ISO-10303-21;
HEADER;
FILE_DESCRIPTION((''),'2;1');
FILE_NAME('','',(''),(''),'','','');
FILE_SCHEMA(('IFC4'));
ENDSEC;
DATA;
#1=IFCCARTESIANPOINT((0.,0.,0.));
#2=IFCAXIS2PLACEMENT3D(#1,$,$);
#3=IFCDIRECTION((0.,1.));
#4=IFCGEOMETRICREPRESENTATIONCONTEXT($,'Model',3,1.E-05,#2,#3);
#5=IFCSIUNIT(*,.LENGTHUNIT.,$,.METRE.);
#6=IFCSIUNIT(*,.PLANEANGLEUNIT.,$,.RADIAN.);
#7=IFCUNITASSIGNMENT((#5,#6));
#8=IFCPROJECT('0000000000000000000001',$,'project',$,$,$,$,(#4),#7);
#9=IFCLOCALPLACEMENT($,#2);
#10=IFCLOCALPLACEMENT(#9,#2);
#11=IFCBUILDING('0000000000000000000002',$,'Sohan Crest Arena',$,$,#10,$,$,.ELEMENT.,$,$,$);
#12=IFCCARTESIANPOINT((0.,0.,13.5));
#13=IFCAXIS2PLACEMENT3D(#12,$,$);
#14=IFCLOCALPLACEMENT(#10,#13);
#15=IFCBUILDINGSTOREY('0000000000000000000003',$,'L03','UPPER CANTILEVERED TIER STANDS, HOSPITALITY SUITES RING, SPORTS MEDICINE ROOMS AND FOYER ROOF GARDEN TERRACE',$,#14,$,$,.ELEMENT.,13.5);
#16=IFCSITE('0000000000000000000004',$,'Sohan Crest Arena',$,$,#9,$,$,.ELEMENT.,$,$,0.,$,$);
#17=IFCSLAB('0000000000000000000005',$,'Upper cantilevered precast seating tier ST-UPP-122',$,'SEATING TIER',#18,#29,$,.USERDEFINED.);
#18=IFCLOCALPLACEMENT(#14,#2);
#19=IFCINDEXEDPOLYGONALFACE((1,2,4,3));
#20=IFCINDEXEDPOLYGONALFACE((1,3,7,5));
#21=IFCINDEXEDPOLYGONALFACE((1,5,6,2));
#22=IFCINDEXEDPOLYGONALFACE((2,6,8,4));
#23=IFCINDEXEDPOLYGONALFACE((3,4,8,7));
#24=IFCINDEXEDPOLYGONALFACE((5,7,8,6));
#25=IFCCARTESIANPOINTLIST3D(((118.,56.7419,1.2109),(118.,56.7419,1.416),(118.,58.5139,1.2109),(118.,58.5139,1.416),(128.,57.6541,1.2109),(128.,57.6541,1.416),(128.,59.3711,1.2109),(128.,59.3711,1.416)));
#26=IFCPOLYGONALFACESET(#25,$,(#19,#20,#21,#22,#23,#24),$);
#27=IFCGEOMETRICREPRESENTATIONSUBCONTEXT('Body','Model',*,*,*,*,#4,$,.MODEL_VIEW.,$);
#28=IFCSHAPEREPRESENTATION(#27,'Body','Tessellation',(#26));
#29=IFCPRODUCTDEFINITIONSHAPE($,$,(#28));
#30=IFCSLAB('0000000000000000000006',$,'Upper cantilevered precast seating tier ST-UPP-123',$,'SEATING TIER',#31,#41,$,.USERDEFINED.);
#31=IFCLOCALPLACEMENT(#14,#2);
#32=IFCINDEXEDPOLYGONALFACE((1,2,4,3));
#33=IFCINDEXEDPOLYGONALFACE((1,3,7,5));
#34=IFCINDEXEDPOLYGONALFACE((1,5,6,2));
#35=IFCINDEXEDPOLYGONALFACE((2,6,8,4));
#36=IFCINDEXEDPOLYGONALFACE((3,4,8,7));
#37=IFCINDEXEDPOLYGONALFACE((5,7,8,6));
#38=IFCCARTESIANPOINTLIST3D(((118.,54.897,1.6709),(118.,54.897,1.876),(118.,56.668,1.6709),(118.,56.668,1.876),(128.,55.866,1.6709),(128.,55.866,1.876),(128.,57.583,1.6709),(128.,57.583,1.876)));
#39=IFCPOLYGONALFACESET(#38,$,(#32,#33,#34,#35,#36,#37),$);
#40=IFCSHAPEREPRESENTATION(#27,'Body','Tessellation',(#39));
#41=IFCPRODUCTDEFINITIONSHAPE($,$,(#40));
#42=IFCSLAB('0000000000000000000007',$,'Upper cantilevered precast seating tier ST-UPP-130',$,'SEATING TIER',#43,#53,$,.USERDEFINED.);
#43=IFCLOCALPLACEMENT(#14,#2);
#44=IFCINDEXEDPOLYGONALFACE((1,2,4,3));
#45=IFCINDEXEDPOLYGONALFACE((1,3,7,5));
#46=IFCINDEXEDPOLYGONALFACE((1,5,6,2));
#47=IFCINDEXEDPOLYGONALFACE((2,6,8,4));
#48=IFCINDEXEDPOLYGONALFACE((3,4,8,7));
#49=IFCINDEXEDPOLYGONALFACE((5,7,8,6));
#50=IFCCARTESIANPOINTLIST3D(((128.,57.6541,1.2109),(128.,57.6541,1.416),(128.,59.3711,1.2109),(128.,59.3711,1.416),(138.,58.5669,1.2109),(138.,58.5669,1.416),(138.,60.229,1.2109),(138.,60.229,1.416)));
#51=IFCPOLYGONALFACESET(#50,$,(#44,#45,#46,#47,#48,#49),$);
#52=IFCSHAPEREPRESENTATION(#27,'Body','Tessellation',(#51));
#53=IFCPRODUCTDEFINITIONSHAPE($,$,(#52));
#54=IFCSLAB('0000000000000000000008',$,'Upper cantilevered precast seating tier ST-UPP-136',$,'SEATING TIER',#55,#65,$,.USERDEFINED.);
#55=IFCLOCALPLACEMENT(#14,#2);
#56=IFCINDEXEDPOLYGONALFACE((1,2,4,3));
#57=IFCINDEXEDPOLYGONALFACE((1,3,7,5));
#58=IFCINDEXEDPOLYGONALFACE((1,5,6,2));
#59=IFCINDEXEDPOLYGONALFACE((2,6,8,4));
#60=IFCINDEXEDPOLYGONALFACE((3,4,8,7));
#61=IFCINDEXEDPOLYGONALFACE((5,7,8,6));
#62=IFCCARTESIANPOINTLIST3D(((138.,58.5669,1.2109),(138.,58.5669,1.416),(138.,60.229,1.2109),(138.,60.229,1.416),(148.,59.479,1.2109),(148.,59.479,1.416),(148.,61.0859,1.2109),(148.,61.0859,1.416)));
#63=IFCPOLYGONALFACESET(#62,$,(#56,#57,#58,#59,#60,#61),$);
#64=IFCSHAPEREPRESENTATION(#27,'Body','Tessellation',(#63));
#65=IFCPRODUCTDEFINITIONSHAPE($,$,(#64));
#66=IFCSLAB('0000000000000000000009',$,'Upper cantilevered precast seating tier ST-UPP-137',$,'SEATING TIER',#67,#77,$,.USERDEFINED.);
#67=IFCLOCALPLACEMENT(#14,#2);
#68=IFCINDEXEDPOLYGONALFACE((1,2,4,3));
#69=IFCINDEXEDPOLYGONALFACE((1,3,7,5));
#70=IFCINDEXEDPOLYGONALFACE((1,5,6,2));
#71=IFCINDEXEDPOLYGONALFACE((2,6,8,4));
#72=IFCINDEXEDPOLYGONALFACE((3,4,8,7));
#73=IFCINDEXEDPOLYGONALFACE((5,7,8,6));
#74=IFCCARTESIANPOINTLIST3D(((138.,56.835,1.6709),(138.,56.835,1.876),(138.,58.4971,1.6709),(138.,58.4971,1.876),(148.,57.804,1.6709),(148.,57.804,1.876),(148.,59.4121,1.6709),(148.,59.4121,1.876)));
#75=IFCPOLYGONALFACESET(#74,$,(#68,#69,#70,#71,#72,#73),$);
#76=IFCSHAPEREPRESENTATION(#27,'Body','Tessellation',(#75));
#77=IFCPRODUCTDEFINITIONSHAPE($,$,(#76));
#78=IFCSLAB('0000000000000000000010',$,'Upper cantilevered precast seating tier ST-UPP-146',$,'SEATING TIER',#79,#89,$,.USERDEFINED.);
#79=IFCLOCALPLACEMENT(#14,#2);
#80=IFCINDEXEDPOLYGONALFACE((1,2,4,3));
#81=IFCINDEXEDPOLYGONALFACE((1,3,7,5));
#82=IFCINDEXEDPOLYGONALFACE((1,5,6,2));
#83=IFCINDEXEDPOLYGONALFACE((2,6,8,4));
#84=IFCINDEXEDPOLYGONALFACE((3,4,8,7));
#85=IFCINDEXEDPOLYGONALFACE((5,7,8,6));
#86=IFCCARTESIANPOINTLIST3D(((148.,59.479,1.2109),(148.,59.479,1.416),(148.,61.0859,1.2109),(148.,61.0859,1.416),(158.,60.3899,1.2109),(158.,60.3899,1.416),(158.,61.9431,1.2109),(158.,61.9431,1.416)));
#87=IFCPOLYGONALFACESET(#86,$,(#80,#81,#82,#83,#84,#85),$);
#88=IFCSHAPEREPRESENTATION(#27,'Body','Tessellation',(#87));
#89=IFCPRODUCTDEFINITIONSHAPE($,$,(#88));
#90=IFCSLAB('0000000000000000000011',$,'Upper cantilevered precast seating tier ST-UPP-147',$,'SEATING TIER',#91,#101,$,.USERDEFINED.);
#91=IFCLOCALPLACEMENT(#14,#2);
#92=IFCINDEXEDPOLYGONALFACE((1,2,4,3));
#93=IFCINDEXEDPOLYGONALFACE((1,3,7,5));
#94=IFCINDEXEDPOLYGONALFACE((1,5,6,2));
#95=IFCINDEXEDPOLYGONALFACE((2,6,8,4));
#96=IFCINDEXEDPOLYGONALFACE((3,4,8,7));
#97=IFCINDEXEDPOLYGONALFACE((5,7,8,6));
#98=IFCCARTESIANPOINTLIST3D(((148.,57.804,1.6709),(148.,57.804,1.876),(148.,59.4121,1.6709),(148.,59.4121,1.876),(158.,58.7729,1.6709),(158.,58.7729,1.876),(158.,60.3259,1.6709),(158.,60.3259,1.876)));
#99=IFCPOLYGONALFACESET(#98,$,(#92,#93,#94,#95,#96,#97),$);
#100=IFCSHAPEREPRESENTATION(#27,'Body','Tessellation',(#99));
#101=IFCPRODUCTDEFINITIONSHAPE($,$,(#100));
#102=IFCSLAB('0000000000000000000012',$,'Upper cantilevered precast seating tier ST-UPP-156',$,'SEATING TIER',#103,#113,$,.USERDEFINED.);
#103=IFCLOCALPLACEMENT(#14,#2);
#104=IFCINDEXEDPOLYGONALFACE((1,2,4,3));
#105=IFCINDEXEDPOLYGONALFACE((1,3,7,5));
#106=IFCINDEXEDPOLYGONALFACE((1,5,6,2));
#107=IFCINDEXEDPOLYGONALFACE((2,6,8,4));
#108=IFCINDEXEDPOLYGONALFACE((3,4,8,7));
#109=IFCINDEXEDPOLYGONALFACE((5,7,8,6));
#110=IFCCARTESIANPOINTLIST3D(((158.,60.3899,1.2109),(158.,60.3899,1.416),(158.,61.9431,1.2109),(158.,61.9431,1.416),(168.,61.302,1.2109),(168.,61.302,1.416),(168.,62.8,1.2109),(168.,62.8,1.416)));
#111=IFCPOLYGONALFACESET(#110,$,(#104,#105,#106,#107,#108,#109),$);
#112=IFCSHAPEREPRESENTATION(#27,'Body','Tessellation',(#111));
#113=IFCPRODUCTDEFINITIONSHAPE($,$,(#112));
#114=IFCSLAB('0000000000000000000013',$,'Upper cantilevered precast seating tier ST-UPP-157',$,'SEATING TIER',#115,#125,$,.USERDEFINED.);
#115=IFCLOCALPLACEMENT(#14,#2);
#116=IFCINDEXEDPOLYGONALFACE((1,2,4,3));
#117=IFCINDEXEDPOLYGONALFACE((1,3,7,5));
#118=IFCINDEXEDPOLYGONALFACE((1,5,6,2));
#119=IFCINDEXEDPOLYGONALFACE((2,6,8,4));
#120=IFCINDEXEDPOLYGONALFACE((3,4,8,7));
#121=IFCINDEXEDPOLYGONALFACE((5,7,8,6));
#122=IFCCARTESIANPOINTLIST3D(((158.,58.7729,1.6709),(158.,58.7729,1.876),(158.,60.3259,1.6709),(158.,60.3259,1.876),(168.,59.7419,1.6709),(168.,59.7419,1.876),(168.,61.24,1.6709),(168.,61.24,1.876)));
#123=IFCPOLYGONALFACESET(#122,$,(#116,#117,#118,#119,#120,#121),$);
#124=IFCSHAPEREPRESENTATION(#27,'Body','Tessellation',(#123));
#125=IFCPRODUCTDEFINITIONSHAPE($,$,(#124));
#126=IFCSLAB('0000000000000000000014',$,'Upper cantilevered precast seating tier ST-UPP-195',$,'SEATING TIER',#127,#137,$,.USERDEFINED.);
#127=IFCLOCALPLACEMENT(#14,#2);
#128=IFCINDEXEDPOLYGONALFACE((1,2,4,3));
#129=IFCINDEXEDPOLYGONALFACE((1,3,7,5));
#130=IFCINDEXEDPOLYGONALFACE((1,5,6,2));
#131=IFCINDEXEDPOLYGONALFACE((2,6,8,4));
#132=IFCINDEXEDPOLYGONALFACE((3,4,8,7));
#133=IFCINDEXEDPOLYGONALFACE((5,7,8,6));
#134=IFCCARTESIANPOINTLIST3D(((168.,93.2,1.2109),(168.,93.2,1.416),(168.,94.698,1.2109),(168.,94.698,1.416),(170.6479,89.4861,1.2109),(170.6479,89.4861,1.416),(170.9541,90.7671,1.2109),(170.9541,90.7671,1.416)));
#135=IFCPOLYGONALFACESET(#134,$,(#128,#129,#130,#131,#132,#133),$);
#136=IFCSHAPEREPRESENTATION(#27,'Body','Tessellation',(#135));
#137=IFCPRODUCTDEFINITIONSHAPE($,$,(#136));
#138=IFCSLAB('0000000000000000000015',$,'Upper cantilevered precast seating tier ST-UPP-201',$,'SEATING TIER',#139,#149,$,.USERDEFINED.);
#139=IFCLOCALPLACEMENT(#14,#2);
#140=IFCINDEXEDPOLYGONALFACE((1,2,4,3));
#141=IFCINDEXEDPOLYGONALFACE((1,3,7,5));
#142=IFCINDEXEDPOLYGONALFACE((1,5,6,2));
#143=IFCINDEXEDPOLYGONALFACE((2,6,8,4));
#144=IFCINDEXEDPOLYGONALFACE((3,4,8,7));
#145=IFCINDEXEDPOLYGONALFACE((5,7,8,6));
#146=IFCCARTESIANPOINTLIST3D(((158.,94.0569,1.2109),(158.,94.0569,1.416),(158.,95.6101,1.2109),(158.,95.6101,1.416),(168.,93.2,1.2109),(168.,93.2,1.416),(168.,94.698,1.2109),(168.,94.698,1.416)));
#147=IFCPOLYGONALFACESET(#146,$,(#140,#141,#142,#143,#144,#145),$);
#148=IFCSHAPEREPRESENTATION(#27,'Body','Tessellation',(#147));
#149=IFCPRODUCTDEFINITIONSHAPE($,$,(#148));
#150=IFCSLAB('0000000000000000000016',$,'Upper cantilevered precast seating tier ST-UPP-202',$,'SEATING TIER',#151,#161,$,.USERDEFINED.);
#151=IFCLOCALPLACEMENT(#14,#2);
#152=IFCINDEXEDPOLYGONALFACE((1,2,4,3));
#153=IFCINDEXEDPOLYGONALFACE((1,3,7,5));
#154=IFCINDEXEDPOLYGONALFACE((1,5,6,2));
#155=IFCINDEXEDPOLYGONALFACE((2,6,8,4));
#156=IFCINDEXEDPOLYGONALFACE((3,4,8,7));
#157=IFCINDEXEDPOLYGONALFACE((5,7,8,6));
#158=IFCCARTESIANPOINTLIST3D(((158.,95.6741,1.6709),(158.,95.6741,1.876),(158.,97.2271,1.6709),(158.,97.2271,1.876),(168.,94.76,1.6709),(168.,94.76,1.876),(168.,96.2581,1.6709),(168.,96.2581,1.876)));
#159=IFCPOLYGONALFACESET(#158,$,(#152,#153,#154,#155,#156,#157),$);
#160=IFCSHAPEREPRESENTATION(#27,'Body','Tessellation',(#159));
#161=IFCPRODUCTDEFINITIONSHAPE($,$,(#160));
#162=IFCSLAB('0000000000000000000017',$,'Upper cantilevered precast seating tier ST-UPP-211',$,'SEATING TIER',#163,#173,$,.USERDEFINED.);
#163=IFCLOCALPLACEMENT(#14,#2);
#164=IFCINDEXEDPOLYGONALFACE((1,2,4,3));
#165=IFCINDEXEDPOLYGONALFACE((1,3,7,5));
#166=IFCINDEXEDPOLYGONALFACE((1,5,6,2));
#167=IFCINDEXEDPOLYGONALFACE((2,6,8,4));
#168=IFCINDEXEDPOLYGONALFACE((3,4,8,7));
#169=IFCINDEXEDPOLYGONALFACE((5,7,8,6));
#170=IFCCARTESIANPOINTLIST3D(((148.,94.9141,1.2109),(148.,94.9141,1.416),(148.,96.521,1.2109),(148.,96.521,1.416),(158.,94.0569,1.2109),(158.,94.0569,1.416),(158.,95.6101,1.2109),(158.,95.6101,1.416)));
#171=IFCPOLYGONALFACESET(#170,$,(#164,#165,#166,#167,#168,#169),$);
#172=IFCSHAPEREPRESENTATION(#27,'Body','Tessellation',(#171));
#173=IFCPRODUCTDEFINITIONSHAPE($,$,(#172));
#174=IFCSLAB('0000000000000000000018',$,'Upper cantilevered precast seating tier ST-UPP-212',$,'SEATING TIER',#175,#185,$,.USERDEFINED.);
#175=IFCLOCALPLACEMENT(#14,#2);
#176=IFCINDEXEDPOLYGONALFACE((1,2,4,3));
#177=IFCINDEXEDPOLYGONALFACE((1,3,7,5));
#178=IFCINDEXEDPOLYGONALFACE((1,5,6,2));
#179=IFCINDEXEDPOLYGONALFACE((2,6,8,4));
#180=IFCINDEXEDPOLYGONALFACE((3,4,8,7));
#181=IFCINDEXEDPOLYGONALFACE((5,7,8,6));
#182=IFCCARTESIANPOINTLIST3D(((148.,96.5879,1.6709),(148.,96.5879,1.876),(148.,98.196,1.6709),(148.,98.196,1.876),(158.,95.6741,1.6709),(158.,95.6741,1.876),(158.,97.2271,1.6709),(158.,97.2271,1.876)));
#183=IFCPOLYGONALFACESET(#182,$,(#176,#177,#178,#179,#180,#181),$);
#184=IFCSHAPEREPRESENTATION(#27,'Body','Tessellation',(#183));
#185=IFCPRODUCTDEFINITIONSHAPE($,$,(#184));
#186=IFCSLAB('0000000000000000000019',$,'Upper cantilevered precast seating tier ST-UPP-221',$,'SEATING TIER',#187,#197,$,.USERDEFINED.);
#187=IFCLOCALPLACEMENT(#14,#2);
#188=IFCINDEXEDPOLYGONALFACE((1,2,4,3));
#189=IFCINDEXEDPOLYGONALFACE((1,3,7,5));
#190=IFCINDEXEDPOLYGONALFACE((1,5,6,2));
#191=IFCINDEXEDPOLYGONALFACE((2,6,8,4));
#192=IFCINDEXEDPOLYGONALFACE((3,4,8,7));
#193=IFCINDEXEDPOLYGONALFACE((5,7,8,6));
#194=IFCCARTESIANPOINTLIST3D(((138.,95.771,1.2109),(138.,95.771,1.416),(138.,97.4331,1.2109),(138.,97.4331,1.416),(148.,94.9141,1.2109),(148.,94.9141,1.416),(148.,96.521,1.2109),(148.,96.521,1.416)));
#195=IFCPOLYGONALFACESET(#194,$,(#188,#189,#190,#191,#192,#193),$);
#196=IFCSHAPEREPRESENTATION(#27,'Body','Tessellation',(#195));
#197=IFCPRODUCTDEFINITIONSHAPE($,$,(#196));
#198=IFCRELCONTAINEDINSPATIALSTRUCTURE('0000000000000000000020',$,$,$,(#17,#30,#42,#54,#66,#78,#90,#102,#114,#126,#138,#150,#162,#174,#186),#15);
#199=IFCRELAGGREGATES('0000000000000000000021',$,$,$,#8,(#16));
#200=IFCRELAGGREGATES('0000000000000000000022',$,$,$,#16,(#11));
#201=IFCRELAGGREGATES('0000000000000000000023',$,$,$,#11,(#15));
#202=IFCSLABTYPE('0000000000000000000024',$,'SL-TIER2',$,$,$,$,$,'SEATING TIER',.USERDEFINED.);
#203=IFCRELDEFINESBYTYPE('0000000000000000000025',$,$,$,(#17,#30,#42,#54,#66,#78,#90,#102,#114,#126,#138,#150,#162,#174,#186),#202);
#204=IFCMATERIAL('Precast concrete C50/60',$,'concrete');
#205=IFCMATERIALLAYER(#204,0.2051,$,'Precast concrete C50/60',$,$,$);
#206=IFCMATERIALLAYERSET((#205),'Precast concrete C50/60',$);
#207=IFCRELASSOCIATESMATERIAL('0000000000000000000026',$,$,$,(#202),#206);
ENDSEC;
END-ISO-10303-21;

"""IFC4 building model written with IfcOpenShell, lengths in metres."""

from ifc_helpers import new_model, si_unit, direction, frame, origin, place, context, subcontext, project, spatial, polyline, outline, extrude, material, layer, layer_set, type_object, element, save


model = new_model("IFC4")

# Units and contexts
model_context = context("Model", 3, precision=1e-05, world=origin(), true_north=direction((0.0, 1.0)))
body_context = subcontext(model_context, "Body", "Model", "MODEL_VIEW")
ifc_project = project(units=[si_unit("LENGTHUNIT", "METRE"), si_unit("PLANEANGLEUNIT", "RADIAN")], contexts=[model_context])

# Site, building, storey
site_placement = place(None, origin())
site = spatial("IfcSite", under=ifc_project, at=site_placement, Name="Sohan Crest Arena", CompositionType="ELEMENT", RefElevation=0.0)
building_placement = place(site_placement, origin())
building = spatial("IfcBuilding", under=site, at=building_placement, Name="Sohan Crest Arena", CompositionType="ELEMENT")
storey_placement = place(building_placement, frame((0.0, 0.0, 13.5)))
storey = spatial("IfcBuildingStorey", under=building, at=storey_placement, Name="L03", Description="UPPER CANTILEVERED TIER STANDS, HOSPITALITY SUITES RING, SPORTS MEDICINE ROOMS AND FOYER ROOF GARDEN TERRACE", CompositionType="ELEMENT", Elevation=13.5)

# Slabs
ifc_material = material(Name="Precast concrete C50/60", Category="concrete")
ifc_layer = layer(ifc_material, 0.2051, Name="Precast concrete C50/60")
ifc_layer_set = layer_set([ifc_layer], Name="Precast concrete C50/60")
slab_type = type_object("IfcSlabType", Name="SL-TIER2", ElementType="SEATING TIER", PredefinedType="USERDEFINED", material=ifc_layer_set)
slab_1_placement = place(storey_placement, frame((0.0, 0.0, 1.2109)))
element("IfcSlab", 1, at=slab_1_placement, inside=storey, type_object=slab_type, Name="Upper cantilevered precast seating tier ST-UPP-122", ObjectType="SEATING TIER", PredefinedType="USERDEFINED", context=body_context, shape_type="SweptSolid", body=[
    extrude(outline(polyline([(118.0, 58.5139), (128.0, 59.3711), (128.0, 57.6541), (118.0, 56.7419), (118.0, 58.5139)])), origin(), (0.0, 0.0, 1.0), 0.2051),
])
slab_2_placement = place(storey_placement, frame((0.0, 0.0, 1.6709)))
element("IfcSlab", 2, at=slab_2_placement, inside=storey, type_object=slab_type, Name="Upper cantilevered precast seating tier ST-UPP-123", ObjectType="SEATING TIER", PredefinedType="USERDEFINED", context=body_context, shape_type="SweptSolid", body=[
    extrude(outline(polyline([(118.0, 56.668), (128.0, 57.583), (128.0, 55.866), (118.0, 54.897), (118.0, 56.668)])), origin(), (0.0, 0.0, 1.0), 0.2051),
])
slab_3_placement = place(storey_placement, frame((0.0, 0.0, 1.2109)))
element("IfcSlab", 3, at=slab_3_placement, inside=storey, type_object=slab_type, Name="Upper cantilevered precast seating tier ST-UPP-130", ObjectType="SEATING TIER", PredefinedType="USERDEFINED", context=body_context, shape_type="SweptSolid", body=[
    extrude(outline(polyline([(128.0, 59.3711), (138.0, 60.229), (138.0, 58.5669), (128.0, 57.6541), (128.0, 59.3711)])), origin(), (0.0, 0.0, 1.0), 0.2051),
])
slab_4_placement = place(storey_placement, frame((0.0, 0.0, 1.2109)))
element("IfcSlab", 4, at=slab_4_placement, inside=storey, type_object=slab_type, Name="Upper cantilevered precast seating tier ST-UPP-136", ObjectType="SEATING TIER", PredefinedType="USERDEFINED", context=body_context, shape_type="SweptSolid", body=[
    extrude(outline(polyline([(138.0, 60.229), (148.0, 61.0859), (148.0, 59.479), (138.0, 58.5669), (138.0, 60.229)])), origin(), (0.0, 0.0, 1.0), 0.2051),
])
slab_5_placement = place(storey_placement, frame((0.0, 0.0, 1.6709)))
element("IfcSlab", 5, at=slab_5_placement, inside=storey, type_object=slab_type, Name="Upper cantilevered precast seating tier ST-UPP-137", ObjectType="SEATING TIER", PredefinedType="USERDEFINED", context=body_context, shape_type="SweptSolid", body=[
    extrude(outline(polyline([(138.0, 58.4971), (148.0, 59.4121), (148.0, 57.804), (138.0, 56.835), (138.0, 58.4971)])), origin(), (0.0, 0.0, 1.0), 0.2051),
])
slab_6_placement = place(storey_placement, frame((0.0, 0.0, 1.2109)))
element("IfcSlab", 6, at=slab_6_placement, inside=storey, type_object=slab_type, Name="Upper cantilevered precast seating tier ST-UPP-146", ObjectType="SEATING TIER", PredefinedType="USERDEFINED", context=body_context, shape_type="SweptSolid", body=[
    extrude(outline(polyline([(148.0, 61.0859), (158.0, 61.9431), (158.0, 60.3899), (148.0, 59.479), (148.0, 61.0859)])), origin(), (0.0, 0.0, 1.0), 0.2051),
])
slab_7_placement = place(storey_placement, frame((0.0, 0.0, 1.6709)))
element("IfcSlab", 7, at=slab_7_placement, inside=storey, type_object=slab_type, Name="Upper cantilevered precast seating tier ST-UPP-147", ObjectType="SEATING TIER", PredefinedType="USERDEFINED", context=body_context, shape_type="SweptSolid", body=[
    extrude(outline(polyline([(148.0, 59.4121), (158.0, 60.3259), (158.0, 58.7729), (148.0, 57.804), (148.0, 59.4121)])), origin(), (0.0, 0.0, 1.0), 0.2051),
])
slab_8_placement = place(storey_placement, frame((0.0, 0.0, 1.2109)))
element("IfcSlab", 8, at=slab_8_placement, inside=storey, type_object=slab_type, Name="Upper cantilevered precast seating tier ST-UPP-156", ObjectType="SEATING TIER", PredefinedType="USERDEFINED", context=body_context, shape_type="SweptSolid", body=[
    extrude(outline(polyline([(158.0, 61.9431), (168.0, 62.8), (168.0, 61.302), (158.0, 60.3899), (158.0, 61.9431)])), origin(), (0.0, 0.0, 1.0), 0.2051),
])
slab_9_placement = place(storey_placement, frame((0.0, 0.0, 1.6709)))
element("IfcSlab", 9, at=slab_9_placement, inside=storey, type_object=slab_type, Name="Upper cantilevered precast seating tier ST-UPP-157", ObjectType="SEATING TIER", PredefinedType="USERDEFINED", context=body_context, shape_type="SweptSolid", body=[
    extrude(outline(polyline([(158.0, 60.3259), (168.0, 61.24), (168.0, 59.7419), (158.0, 58.7729), (158.0, 60.3259)])), origin(), (0.0, 0.0, 1.0), 0.2051),
])
slab_10_placement = place(storey_placement, frame((0.0, 0.0, 1.2109)))
element("IfcSlab", 10, at=slab_10_placement, inside=storey, type_object=slab_type, Name="Upper cantilevered precast seating tier ST-UPP-195", ObjectType="SEATING TIER", PredefinedType="USERDEFINED", context=body_context, shape_type="SweptSolid", body=[
    extrude(outline(polyline([(170.6479, 89.4861), (168.0, 93.2), (168.0, 94.698), (170.9541, 90.7671), (170.6479, 89.4861)])), origin(), (0.0, 0.0, 1.0), 0.2051),
])
slab_11_placement = place(storey_placement, frame((0.0, 0.0, 1.2109)))
element("IfcSlab", 11, at=slab_11_placement, inside=storey, type_object=slab_type, Name="Upper cantilevered precast seating tier ST-UPP-201", ObjectType="SEATING TIER", PredefinedType="USERDEFINED", context=body_context, shape_type="SweptSolid", body=[
    extrude(outline(polyline([(168.0, 93.2), (158.0, 94.0569), (158.0, 95.6101), (168.0, 94.698), (168.0, 93.2)])), origin(), (0.0, 0.0, 1.0), 0.2051),
])
slab_12_placement = place(storey_placement, frame((0.0, 0.0, 1.6709)))
element("IfcSlab", 12, at=slab_12_placement, inside=storey, type_object=slab_type, Name="Upper cantilevered precast seating tier ST-UPP-202", ObjectType="SEATING TIER", PredefinedType="USERDEFINED", context=body_context, shape_type="SweptSolid", body=[
    extrude(outline(polyline([(168.0, 94.76), (158.0, 95.6741), (158.0, 97.2271), (168.0, 96.2581), (168.0, 94.76)])), origin(), (0.0, 0.0, 1.0), 0.2051),
])
slab_13_placement = place(storey_placement, frame((0.0, 0.0, 1.2109)))
element("IfcSlab", 13, at=slab_13_placement, inside=storey, type_object=slab_type, Name="Upper cantilevered precast seating tier ST-UPP-211", ObjectType="SEATING TIER", PredefinedType="USERDEFINED", context=body_context, shape_type="SweptSolid", body=[
    extrude(outline(polyline([(158.0, 94.0569), (148.0, 94.9141), (148.0, 96.521), (158.0, 95.6101), (158.0, 94.0569)])), origin(), (0.0, 0.0, 1.0), 0.2051),
])
slab_14_placement = place(storey_placement, frame((0.0, 0.0, 1.6709)))
element("IfcSlab", 14, at=slab_14_placement, inside=storey, type_object=slab_type, Name="Upper cantilevered precast seating tier ST-UPP-212", ObjectType="SEATING TIER", PredefinedType="USERDEFINED", context=body_context, shape_type="SweptSolid", body=[
    extrude(outline(polyline([(158.0, 95.6741), (148.0, 96.5879), (148.0, 98.196), (158.0, 97.2271), (158.0, 95.6741)])), origin(), (0.0, 0.0, 1.0), 0.2051),
])
slab_15_placement = place(storey_placement, frame((0.0, 0.0, 1.2109)))
element("IfcSlab", 15, at=slab_15_placement, inside=storey, type_object=slab_type, Name="Upper cantilevered precast seating tier ST-UPP-221", ObjectType="SEATING TIER", PredefinedType="USERDEFINED", context=body_context, shape_type="SweptSolid", body=[
    extrude(outline(polyline([(148.0, 94.9141), (138.0, 95.771), (138.0, 97.4331), (148.0, 96.521), (148.0, 94.9141)])), origin(), (0.0, 0.0, 1.0), 0.2051),
])

save(model, "model.ifc")
